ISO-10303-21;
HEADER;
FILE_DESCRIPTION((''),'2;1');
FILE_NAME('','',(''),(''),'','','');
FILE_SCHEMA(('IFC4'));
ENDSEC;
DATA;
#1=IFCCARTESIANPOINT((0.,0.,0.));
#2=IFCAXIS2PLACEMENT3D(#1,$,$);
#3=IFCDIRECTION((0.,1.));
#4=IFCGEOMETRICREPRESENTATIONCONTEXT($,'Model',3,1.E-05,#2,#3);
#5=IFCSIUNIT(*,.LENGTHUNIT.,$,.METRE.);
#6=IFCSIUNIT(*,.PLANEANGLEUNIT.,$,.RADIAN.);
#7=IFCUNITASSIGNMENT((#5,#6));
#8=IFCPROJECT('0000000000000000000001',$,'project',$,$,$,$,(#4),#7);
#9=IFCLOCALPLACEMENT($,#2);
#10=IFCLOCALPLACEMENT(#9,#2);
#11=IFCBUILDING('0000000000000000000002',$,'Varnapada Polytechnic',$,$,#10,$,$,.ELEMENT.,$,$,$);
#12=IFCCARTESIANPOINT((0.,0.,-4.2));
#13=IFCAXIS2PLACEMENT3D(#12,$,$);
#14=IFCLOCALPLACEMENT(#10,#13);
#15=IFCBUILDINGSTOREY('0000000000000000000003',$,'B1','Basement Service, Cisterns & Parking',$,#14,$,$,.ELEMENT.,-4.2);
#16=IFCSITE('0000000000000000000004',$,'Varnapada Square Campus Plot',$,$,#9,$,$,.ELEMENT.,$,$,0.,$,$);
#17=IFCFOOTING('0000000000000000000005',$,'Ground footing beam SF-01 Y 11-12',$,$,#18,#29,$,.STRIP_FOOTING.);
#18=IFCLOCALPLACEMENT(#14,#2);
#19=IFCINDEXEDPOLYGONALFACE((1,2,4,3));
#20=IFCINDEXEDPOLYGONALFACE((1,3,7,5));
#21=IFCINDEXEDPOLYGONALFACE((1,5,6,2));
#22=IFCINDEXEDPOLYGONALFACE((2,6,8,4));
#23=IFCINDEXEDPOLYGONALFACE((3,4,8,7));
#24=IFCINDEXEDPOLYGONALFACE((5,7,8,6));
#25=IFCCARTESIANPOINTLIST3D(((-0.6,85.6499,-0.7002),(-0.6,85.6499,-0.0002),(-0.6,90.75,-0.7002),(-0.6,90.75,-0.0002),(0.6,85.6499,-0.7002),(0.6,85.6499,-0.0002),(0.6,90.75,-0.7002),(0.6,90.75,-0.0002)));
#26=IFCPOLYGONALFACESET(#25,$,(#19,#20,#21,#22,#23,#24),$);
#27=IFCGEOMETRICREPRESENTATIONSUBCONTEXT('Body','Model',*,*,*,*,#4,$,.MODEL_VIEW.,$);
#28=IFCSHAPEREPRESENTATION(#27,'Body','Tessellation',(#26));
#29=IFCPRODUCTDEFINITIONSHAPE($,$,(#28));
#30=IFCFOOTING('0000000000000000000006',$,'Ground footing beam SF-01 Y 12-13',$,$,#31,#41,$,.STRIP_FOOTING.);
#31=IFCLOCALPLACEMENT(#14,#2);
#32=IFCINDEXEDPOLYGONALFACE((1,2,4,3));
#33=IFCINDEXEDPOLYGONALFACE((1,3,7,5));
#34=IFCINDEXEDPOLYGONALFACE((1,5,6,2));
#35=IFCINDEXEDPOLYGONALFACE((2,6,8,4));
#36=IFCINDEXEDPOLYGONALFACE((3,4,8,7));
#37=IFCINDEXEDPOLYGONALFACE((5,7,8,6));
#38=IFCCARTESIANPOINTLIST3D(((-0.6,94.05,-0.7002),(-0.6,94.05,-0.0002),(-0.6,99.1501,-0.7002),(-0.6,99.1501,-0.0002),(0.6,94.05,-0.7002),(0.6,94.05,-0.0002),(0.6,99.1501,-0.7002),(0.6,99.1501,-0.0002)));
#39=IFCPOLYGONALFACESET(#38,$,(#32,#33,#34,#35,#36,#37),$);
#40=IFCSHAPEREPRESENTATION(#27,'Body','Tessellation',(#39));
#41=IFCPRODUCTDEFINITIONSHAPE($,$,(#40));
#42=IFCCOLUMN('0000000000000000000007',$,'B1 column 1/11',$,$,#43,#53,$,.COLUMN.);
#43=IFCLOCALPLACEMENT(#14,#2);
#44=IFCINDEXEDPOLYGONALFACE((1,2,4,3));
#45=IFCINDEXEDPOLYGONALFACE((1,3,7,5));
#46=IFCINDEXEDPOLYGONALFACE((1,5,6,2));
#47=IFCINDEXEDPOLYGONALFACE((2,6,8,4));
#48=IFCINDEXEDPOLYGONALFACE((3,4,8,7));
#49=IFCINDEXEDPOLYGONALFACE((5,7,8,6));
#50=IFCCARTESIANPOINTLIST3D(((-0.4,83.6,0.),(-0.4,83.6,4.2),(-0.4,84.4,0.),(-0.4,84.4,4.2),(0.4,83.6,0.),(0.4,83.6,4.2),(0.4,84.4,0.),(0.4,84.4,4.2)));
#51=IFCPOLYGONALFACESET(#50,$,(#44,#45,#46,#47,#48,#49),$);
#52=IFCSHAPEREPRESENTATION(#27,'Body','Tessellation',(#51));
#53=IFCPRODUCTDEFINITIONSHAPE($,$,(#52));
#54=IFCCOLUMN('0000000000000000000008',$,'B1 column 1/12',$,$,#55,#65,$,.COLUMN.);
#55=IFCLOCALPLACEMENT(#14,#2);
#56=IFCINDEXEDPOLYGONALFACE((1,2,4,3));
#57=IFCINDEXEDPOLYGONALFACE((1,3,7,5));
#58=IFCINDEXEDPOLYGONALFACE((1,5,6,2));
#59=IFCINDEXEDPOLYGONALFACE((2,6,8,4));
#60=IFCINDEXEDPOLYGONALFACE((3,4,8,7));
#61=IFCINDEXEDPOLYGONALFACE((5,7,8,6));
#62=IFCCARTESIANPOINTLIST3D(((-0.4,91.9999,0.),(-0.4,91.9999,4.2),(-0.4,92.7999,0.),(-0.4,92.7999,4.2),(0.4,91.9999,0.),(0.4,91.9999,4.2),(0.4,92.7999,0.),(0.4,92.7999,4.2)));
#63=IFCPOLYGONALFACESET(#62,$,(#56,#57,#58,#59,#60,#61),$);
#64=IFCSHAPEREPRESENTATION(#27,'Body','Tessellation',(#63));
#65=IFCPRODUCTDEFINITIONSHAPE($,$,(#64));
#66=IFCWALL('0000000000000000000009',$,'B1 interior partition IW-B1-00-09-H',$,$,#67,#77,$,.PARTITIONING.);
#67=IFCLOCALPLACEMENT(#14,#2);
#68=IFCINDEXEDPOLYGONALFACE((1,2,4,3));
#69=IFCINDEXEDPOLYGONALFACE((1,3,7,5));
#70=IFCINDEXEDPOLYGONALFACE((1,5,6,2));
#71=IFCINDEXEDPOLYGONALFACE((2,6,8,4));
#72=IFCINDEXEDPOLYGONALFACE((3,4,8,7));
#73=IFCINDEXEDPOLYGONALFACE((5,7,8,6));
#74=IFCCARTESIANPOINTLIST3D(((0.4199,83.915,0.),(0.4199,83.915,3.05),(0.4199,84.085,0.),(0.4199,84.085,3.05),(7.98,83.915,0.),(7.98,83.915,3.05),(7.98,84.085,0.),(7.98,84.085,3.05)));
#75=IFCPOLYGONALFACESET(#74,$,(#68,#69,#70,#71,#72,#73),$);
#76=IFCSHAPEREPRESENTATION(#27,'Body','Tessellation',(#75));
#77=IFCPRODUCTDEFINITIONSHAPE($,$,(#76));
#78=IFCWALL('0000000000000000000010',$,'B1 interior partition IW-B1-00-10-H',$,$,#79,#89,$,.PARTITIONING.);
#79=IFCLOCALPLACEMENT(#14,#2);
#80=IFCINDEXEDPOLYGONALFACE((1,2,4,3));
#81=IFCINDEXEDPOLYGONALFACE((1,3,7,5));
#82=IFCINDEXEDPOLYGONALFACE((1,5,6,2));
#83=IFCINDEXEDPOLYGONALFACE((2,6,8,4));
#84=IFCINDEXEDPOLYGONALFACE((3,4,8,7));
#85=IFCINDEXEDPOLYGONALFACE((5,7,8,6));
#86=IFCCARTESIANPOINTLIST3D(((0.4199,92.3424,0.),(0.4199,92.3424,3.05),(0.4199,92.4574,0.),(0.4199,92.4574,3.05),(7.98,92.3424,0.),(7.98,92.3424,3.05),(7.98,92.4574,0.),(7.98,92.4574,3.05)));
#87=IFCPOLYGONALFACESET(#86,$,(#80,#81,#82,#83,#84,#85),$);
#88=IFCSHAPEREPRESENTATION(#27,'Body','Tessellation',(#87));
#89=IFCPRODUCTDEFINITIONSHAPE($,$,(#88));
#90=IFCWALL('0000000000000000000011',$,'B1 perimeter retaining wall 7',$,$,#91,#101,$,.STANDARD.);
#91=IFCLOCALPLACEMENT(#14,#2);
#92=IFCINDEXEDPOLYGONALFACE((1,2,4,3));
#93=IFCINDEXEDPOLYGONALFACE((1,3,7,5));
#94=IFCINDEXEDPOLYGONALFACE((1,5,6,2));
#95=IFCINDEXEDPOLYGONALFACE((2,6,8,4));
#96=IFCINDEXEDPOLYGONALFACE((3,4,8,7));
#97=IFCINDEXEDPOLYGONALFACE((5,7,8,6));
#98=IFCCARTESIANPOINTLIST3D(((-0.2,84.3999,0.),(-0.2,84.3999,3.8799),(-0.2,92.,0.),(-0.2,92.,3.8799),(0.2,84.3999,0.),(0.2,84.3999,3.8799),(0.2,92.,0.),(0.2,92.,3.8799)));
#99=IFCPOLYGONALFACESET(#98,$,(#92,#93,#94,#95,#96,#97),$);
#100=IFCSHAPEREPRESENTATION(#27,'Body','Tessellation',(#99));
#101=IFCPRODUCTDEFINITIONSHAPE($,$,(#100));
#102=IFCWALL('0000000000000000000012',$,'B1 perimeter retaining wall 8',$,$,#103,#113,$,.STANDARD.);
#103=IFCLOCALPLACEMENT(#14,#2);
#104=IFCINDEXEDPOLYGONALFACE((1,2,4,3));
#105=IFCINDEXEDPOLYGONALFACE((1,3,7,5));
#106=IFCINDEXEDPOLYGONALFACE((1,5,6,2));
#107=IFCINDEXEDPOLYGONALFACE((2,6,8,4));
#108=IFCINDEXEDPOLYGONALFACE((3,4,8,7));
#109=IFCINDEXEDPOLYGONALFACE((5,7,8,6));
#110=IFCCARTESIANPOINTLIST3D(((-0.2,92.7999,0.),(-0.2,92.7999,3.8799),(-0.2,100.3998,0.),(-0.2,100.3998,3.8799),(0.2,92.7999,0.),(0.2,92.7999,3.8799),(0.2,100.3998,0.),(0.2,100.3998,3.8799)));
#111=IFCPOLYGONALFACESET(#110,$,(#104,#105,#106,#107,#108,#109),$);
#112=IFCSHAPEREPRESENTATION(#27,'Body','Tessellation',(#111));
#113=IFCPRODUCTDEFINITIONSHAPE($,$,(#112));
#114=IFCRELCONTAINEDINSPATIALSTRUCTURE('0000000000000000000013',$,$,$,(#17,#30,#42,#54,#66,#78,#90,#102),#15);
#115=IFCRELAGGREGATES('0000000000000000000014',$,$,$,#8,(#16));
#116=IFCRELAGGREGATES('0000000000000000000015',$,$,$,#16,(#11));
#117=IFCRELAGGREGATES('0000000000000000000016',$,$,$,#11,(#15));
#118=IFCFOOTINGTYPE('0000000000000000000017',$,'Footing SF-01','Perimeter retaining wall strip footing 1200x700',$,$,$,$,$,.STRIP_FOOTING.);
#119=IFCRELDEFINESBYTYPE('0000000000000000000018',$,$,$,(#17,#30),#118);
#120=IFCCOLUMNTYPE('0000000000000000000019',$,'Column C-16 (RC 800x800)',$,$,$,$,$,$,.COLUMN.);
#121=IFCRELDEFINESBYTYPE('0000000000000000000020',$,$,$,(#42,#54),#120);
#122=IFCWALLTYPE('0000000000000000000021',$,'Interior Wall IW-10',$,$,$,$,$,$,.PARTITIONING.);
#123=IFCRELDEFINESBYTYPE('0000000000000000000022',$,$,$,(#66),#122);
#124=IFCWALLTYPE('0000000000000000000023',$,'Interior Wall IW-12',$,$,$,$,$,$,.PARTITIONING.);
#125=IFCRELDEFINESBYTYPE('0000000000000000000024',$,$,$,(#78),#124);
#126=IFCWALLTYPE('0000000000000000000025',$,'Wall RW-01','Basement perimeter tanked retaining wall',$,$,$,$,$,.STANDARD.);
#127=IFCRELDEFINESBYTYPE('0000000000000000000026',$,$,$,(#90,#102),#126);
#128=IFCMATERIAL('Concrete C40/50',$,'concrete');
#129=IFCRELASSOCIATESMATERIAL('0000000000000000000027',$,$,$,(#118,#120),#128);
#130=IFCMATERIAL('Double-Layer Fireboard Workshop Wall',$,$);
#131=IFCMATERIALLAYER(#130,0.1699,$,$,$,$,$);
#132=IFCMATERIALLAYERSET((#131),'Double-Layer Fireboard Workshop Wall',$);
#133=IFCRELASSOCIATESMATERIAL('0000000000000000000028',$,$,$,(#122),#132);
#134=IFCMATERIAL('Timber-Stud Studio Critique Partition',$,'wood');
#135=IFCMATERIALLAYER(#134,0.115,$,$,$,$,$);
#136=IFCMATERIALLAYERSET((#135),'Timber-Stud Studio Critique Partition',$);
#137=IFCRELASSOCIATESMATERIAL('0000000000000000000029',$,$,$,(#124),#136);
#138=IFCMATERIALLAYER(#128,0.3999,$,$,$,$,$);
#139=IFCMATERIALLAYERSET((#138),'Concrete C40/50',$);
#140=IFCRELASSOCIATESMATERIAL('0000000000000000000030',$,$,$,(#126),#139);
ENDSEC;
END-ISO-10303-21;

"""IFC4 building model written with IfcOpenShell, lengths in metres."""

from ifc_helpers import new_model, si_unit, direction, frame, frame_2d, origin, origin_2d, place, context, subcontext, project, spatial, rectangle, extrude, material, layer, layer_set, material_profile, profile_set, type_object, element, save


model = new_model("IFC4")

# Units and contexts
model_context = context("Model", 3, precision=1e-05, world=origin(), true_north=direction((0.0, 1.0)))
body_context = subcontext(model_context, "Body", "Model", "MODEL_VIEW")
ifc_project = project(units=[si_unit("LENGTHUNIT", "METRE"), si_unit("PLANEANGLEUNIT", "RADIAN")], contexts=[model_context])

# Site, building, storey
site_placement = place(None, origin())
site = spatial("IfcSite", under=ifc_project, at=site_placement, Name="Varnapada Square Campus Plot", CompositionType="ELEMENT", RefElevation=0.0)
building_placement = place(site_placement, origin())
building = spatial("IfcBuilding", under=site, at=building_placement, Name="Varnapada Polytechnic", CompositionType="ELEMENT")
storey_placement = place(building_placement, frame((0.0, 0.0, -4.2)))
storey = spatial("IfcBuildingStorey", under=building, at=storey_placement, Name="B1", Description="Basement Service, Cisterns & Parking", CompositionType="ELEMENT", Elevation=-4.2)

# Shared definitions
ifc_material_1 = material(Name="Concrete C40/50", Category="concrete")

# Footings
footing_type_1 = type_object("IfcFootingType", Name="Footing SF-01", Description="Perimeter retaining wall strip footing 1200x700", PredefinedType="STRIP_FOOTING", material=ifc_material_1)
for number, where, z_axis, x_axis, name in (
    (1, (0.0, 88.2, -0.7002), (0.0, 0.0, 1.0), (0.0, 1.0, 0.0), "Ground footing beam SF-01 Y 11-12"),
    (2, (0.0, 96.6001, -0.7002), (0.0, 0.0, 1.0), (0.0, 1.0, 0.0), "Ground footing beam SF-01 Y 12-13"),
):
    element("IfcFooting", number, at=place(storey_placement, frame(where, z_axis=z_axis, x_axis=x_axis)), inside=storey, type_object=footing_type_1, Name=name, PredefinedType="STRIP_FOOTING", context=body_context, shape_type="SweptSolid", body=[
        extrude(rectangle(XDim=5.1001, YDim=1.2, at=origin_2d()), origin(), (0.0, 0.0, 1.0), 0.7),
    ])

# Columns
ifc_material_profile_1 = material_profile(ifc_material_1, rectangle(XDim=0.8, YDim=0.8, at=origin_2d()), Name="RC 800x800")
ifc_profile_set_1 = profile_set([ifc_material_profile_1], Name="Concrete C40/50")
column_type = type_object("IfcColumnType", Name="Column C-16 (RC 800x800)", PredefinedType="COLUMN", material=ifc_profile_set_1)
for number, where, z_axis, x_axis, name in (
    (3, (0.0, 84.0, 0.0), (0.0, 0.0, 1.0), (1.0, 0.0, 0.0), "B1 column 1/11"),
    (4, (0.0, 92.3999, 0.0), (0.0, 0.0, 1.0), (1.0, 0.0, 0.0), "B1 column 1/12"),
):
    element("IfcColumn", number, at=place(storey_placement, frame(where, z_axis=z_axis, x_axis=x_axis)), inside=storey, type_object=column_type, Name=name, PredefinedType="COLUMN", context=body_context, shape_type="SweptSolid", body=[
        extrude(rectangle(XDim=0.8, YDim=0.8, at=origin_2d()), origin(), (0.0, 0.0, 1.0), 4.2),
    ])

# Walls
ifc_material_2 = material(Name="Double-Layer Fireboard Workshop Wall")
ifc_layer_1 = layer(ifc_material_2, 0.1699)
ifc_layer_set_1 = layer_set([ifc_layer_1], Name="Double-Layer Fireboard Workshop Wall")
wall_type_1 = type_object("IfcWallType", Name="Interior Wall IW-10", PredefinedType="PARTITIONING", material=ifc_layer_set_1)
wall_1_placement = place(storey_placement, frame((0.4199, 84.0, 0.0), z_axis=(0.0, 0.0, 1.0), x_axis=(1.0, 0.0, 0.0)))
element("IfcWall", 5, at=wall_1_placement, inside=storey, type_object=wall_type_1, Name="B1 interior partition IW-B1-00-09-H", PredefinedType="PARTITIONING", context=body_context, shape_type="SweptSolid", body=[
    extrude(rectangle(XDim=7.5601, YDim=0.1699, at=frame_2d((3.78, 0.0))), origin(), (0.0, 0.0, 1.0), 3.05),
])
ifc_material_3 = material(Name="Timber-Stud Studio Critique Partition", Category="wood")
ifc_layer_2 = layer(ifc_material_3, 0.115)
ifc_layer_set_2 = layer_set([ifc_layer_2], Name="Timber-Stud Studio Critique Partition")
wall_type_2 = type_object("IfcWallType", Name="Interior Wall IW-12", PredefinedType="PARTITIONING", material=ifc_layer_set_2)
wall_2_placement = place(storey_placement, frame((0.4199, 92.3999, 0.0), z_axis=(0.0, 0.0, 1.0), x_axis=(1.0, 0.0, 0.0)))
element("IfcWall", 6, at=wall_2_placement, inside=storey, type_object=wall_type_2, Name="B1 interior partition IW-B1-00-10-H", PredefinedType="PARTITIONING", context=body_context, shape_type="SweptSolid", body=[
    extrude(rectangle(XDim=7.5601, YDim=0.115, at=frame_2d((3.78, 0.0))), origin(), (0.0, 0.0, 1.0), 3.05),
])
ifc_layer_3 = layer(ifc_material_1, 0.3999)
ifc_layer_set_3 = layer_set([ifc_layer_3], Name="Concrete C40/50")
wall_type_3 = type_object("IfcWallType", Name="Wall RW-01", Description="Basement perimeter tanked retaining wall", PredefinedType="STANDARD", material=ifc_layer_set_3)
wall_3_placement = place(storey_placement, frame((0.0, 84.3999, 0.0), z_axis=(0.0, 0.0, 1.0), x_axis=(0.0, 1.0, 0.0)))
element("IfcWall", 7, at=wall_3_placement, inside=storey, type_object=wall_type_3, Name="B1 perimeter retaining wall 7", PredefinedType="STANDARD", context=body_context, shape_type="SweptSolid", body=[
    extrude(rectangle(XDim=7.6001, YDim=0.3999, at=frame_2d((3.8, 0.0))), origin(), (0.0, 0.0, 1.0), 3.8799),
])
wall_4_placement = place(storey_placement, frame((0.0, 92.8, 0.0), z_axis=(0.0, 0.0, 1.0), x_axis=(0.0, 1.0, 0.0)))
element("IfcWall", 8, at=wall_4_placement, inside=storey, type_object=wall_type_3, Name="B1 perimeter retaining wall 8", PredefinedType="STANDARD", context=body_context, shape_type="SweptSolid", body=[
    extrude(rectangle(XDim=7.5999, YDim=0.3999, at=frame_2d((3.7998, 0.0))), origin(), (0.0, 0.0, 1.0), 3.8799),
])

save(model, "model.ifc")
